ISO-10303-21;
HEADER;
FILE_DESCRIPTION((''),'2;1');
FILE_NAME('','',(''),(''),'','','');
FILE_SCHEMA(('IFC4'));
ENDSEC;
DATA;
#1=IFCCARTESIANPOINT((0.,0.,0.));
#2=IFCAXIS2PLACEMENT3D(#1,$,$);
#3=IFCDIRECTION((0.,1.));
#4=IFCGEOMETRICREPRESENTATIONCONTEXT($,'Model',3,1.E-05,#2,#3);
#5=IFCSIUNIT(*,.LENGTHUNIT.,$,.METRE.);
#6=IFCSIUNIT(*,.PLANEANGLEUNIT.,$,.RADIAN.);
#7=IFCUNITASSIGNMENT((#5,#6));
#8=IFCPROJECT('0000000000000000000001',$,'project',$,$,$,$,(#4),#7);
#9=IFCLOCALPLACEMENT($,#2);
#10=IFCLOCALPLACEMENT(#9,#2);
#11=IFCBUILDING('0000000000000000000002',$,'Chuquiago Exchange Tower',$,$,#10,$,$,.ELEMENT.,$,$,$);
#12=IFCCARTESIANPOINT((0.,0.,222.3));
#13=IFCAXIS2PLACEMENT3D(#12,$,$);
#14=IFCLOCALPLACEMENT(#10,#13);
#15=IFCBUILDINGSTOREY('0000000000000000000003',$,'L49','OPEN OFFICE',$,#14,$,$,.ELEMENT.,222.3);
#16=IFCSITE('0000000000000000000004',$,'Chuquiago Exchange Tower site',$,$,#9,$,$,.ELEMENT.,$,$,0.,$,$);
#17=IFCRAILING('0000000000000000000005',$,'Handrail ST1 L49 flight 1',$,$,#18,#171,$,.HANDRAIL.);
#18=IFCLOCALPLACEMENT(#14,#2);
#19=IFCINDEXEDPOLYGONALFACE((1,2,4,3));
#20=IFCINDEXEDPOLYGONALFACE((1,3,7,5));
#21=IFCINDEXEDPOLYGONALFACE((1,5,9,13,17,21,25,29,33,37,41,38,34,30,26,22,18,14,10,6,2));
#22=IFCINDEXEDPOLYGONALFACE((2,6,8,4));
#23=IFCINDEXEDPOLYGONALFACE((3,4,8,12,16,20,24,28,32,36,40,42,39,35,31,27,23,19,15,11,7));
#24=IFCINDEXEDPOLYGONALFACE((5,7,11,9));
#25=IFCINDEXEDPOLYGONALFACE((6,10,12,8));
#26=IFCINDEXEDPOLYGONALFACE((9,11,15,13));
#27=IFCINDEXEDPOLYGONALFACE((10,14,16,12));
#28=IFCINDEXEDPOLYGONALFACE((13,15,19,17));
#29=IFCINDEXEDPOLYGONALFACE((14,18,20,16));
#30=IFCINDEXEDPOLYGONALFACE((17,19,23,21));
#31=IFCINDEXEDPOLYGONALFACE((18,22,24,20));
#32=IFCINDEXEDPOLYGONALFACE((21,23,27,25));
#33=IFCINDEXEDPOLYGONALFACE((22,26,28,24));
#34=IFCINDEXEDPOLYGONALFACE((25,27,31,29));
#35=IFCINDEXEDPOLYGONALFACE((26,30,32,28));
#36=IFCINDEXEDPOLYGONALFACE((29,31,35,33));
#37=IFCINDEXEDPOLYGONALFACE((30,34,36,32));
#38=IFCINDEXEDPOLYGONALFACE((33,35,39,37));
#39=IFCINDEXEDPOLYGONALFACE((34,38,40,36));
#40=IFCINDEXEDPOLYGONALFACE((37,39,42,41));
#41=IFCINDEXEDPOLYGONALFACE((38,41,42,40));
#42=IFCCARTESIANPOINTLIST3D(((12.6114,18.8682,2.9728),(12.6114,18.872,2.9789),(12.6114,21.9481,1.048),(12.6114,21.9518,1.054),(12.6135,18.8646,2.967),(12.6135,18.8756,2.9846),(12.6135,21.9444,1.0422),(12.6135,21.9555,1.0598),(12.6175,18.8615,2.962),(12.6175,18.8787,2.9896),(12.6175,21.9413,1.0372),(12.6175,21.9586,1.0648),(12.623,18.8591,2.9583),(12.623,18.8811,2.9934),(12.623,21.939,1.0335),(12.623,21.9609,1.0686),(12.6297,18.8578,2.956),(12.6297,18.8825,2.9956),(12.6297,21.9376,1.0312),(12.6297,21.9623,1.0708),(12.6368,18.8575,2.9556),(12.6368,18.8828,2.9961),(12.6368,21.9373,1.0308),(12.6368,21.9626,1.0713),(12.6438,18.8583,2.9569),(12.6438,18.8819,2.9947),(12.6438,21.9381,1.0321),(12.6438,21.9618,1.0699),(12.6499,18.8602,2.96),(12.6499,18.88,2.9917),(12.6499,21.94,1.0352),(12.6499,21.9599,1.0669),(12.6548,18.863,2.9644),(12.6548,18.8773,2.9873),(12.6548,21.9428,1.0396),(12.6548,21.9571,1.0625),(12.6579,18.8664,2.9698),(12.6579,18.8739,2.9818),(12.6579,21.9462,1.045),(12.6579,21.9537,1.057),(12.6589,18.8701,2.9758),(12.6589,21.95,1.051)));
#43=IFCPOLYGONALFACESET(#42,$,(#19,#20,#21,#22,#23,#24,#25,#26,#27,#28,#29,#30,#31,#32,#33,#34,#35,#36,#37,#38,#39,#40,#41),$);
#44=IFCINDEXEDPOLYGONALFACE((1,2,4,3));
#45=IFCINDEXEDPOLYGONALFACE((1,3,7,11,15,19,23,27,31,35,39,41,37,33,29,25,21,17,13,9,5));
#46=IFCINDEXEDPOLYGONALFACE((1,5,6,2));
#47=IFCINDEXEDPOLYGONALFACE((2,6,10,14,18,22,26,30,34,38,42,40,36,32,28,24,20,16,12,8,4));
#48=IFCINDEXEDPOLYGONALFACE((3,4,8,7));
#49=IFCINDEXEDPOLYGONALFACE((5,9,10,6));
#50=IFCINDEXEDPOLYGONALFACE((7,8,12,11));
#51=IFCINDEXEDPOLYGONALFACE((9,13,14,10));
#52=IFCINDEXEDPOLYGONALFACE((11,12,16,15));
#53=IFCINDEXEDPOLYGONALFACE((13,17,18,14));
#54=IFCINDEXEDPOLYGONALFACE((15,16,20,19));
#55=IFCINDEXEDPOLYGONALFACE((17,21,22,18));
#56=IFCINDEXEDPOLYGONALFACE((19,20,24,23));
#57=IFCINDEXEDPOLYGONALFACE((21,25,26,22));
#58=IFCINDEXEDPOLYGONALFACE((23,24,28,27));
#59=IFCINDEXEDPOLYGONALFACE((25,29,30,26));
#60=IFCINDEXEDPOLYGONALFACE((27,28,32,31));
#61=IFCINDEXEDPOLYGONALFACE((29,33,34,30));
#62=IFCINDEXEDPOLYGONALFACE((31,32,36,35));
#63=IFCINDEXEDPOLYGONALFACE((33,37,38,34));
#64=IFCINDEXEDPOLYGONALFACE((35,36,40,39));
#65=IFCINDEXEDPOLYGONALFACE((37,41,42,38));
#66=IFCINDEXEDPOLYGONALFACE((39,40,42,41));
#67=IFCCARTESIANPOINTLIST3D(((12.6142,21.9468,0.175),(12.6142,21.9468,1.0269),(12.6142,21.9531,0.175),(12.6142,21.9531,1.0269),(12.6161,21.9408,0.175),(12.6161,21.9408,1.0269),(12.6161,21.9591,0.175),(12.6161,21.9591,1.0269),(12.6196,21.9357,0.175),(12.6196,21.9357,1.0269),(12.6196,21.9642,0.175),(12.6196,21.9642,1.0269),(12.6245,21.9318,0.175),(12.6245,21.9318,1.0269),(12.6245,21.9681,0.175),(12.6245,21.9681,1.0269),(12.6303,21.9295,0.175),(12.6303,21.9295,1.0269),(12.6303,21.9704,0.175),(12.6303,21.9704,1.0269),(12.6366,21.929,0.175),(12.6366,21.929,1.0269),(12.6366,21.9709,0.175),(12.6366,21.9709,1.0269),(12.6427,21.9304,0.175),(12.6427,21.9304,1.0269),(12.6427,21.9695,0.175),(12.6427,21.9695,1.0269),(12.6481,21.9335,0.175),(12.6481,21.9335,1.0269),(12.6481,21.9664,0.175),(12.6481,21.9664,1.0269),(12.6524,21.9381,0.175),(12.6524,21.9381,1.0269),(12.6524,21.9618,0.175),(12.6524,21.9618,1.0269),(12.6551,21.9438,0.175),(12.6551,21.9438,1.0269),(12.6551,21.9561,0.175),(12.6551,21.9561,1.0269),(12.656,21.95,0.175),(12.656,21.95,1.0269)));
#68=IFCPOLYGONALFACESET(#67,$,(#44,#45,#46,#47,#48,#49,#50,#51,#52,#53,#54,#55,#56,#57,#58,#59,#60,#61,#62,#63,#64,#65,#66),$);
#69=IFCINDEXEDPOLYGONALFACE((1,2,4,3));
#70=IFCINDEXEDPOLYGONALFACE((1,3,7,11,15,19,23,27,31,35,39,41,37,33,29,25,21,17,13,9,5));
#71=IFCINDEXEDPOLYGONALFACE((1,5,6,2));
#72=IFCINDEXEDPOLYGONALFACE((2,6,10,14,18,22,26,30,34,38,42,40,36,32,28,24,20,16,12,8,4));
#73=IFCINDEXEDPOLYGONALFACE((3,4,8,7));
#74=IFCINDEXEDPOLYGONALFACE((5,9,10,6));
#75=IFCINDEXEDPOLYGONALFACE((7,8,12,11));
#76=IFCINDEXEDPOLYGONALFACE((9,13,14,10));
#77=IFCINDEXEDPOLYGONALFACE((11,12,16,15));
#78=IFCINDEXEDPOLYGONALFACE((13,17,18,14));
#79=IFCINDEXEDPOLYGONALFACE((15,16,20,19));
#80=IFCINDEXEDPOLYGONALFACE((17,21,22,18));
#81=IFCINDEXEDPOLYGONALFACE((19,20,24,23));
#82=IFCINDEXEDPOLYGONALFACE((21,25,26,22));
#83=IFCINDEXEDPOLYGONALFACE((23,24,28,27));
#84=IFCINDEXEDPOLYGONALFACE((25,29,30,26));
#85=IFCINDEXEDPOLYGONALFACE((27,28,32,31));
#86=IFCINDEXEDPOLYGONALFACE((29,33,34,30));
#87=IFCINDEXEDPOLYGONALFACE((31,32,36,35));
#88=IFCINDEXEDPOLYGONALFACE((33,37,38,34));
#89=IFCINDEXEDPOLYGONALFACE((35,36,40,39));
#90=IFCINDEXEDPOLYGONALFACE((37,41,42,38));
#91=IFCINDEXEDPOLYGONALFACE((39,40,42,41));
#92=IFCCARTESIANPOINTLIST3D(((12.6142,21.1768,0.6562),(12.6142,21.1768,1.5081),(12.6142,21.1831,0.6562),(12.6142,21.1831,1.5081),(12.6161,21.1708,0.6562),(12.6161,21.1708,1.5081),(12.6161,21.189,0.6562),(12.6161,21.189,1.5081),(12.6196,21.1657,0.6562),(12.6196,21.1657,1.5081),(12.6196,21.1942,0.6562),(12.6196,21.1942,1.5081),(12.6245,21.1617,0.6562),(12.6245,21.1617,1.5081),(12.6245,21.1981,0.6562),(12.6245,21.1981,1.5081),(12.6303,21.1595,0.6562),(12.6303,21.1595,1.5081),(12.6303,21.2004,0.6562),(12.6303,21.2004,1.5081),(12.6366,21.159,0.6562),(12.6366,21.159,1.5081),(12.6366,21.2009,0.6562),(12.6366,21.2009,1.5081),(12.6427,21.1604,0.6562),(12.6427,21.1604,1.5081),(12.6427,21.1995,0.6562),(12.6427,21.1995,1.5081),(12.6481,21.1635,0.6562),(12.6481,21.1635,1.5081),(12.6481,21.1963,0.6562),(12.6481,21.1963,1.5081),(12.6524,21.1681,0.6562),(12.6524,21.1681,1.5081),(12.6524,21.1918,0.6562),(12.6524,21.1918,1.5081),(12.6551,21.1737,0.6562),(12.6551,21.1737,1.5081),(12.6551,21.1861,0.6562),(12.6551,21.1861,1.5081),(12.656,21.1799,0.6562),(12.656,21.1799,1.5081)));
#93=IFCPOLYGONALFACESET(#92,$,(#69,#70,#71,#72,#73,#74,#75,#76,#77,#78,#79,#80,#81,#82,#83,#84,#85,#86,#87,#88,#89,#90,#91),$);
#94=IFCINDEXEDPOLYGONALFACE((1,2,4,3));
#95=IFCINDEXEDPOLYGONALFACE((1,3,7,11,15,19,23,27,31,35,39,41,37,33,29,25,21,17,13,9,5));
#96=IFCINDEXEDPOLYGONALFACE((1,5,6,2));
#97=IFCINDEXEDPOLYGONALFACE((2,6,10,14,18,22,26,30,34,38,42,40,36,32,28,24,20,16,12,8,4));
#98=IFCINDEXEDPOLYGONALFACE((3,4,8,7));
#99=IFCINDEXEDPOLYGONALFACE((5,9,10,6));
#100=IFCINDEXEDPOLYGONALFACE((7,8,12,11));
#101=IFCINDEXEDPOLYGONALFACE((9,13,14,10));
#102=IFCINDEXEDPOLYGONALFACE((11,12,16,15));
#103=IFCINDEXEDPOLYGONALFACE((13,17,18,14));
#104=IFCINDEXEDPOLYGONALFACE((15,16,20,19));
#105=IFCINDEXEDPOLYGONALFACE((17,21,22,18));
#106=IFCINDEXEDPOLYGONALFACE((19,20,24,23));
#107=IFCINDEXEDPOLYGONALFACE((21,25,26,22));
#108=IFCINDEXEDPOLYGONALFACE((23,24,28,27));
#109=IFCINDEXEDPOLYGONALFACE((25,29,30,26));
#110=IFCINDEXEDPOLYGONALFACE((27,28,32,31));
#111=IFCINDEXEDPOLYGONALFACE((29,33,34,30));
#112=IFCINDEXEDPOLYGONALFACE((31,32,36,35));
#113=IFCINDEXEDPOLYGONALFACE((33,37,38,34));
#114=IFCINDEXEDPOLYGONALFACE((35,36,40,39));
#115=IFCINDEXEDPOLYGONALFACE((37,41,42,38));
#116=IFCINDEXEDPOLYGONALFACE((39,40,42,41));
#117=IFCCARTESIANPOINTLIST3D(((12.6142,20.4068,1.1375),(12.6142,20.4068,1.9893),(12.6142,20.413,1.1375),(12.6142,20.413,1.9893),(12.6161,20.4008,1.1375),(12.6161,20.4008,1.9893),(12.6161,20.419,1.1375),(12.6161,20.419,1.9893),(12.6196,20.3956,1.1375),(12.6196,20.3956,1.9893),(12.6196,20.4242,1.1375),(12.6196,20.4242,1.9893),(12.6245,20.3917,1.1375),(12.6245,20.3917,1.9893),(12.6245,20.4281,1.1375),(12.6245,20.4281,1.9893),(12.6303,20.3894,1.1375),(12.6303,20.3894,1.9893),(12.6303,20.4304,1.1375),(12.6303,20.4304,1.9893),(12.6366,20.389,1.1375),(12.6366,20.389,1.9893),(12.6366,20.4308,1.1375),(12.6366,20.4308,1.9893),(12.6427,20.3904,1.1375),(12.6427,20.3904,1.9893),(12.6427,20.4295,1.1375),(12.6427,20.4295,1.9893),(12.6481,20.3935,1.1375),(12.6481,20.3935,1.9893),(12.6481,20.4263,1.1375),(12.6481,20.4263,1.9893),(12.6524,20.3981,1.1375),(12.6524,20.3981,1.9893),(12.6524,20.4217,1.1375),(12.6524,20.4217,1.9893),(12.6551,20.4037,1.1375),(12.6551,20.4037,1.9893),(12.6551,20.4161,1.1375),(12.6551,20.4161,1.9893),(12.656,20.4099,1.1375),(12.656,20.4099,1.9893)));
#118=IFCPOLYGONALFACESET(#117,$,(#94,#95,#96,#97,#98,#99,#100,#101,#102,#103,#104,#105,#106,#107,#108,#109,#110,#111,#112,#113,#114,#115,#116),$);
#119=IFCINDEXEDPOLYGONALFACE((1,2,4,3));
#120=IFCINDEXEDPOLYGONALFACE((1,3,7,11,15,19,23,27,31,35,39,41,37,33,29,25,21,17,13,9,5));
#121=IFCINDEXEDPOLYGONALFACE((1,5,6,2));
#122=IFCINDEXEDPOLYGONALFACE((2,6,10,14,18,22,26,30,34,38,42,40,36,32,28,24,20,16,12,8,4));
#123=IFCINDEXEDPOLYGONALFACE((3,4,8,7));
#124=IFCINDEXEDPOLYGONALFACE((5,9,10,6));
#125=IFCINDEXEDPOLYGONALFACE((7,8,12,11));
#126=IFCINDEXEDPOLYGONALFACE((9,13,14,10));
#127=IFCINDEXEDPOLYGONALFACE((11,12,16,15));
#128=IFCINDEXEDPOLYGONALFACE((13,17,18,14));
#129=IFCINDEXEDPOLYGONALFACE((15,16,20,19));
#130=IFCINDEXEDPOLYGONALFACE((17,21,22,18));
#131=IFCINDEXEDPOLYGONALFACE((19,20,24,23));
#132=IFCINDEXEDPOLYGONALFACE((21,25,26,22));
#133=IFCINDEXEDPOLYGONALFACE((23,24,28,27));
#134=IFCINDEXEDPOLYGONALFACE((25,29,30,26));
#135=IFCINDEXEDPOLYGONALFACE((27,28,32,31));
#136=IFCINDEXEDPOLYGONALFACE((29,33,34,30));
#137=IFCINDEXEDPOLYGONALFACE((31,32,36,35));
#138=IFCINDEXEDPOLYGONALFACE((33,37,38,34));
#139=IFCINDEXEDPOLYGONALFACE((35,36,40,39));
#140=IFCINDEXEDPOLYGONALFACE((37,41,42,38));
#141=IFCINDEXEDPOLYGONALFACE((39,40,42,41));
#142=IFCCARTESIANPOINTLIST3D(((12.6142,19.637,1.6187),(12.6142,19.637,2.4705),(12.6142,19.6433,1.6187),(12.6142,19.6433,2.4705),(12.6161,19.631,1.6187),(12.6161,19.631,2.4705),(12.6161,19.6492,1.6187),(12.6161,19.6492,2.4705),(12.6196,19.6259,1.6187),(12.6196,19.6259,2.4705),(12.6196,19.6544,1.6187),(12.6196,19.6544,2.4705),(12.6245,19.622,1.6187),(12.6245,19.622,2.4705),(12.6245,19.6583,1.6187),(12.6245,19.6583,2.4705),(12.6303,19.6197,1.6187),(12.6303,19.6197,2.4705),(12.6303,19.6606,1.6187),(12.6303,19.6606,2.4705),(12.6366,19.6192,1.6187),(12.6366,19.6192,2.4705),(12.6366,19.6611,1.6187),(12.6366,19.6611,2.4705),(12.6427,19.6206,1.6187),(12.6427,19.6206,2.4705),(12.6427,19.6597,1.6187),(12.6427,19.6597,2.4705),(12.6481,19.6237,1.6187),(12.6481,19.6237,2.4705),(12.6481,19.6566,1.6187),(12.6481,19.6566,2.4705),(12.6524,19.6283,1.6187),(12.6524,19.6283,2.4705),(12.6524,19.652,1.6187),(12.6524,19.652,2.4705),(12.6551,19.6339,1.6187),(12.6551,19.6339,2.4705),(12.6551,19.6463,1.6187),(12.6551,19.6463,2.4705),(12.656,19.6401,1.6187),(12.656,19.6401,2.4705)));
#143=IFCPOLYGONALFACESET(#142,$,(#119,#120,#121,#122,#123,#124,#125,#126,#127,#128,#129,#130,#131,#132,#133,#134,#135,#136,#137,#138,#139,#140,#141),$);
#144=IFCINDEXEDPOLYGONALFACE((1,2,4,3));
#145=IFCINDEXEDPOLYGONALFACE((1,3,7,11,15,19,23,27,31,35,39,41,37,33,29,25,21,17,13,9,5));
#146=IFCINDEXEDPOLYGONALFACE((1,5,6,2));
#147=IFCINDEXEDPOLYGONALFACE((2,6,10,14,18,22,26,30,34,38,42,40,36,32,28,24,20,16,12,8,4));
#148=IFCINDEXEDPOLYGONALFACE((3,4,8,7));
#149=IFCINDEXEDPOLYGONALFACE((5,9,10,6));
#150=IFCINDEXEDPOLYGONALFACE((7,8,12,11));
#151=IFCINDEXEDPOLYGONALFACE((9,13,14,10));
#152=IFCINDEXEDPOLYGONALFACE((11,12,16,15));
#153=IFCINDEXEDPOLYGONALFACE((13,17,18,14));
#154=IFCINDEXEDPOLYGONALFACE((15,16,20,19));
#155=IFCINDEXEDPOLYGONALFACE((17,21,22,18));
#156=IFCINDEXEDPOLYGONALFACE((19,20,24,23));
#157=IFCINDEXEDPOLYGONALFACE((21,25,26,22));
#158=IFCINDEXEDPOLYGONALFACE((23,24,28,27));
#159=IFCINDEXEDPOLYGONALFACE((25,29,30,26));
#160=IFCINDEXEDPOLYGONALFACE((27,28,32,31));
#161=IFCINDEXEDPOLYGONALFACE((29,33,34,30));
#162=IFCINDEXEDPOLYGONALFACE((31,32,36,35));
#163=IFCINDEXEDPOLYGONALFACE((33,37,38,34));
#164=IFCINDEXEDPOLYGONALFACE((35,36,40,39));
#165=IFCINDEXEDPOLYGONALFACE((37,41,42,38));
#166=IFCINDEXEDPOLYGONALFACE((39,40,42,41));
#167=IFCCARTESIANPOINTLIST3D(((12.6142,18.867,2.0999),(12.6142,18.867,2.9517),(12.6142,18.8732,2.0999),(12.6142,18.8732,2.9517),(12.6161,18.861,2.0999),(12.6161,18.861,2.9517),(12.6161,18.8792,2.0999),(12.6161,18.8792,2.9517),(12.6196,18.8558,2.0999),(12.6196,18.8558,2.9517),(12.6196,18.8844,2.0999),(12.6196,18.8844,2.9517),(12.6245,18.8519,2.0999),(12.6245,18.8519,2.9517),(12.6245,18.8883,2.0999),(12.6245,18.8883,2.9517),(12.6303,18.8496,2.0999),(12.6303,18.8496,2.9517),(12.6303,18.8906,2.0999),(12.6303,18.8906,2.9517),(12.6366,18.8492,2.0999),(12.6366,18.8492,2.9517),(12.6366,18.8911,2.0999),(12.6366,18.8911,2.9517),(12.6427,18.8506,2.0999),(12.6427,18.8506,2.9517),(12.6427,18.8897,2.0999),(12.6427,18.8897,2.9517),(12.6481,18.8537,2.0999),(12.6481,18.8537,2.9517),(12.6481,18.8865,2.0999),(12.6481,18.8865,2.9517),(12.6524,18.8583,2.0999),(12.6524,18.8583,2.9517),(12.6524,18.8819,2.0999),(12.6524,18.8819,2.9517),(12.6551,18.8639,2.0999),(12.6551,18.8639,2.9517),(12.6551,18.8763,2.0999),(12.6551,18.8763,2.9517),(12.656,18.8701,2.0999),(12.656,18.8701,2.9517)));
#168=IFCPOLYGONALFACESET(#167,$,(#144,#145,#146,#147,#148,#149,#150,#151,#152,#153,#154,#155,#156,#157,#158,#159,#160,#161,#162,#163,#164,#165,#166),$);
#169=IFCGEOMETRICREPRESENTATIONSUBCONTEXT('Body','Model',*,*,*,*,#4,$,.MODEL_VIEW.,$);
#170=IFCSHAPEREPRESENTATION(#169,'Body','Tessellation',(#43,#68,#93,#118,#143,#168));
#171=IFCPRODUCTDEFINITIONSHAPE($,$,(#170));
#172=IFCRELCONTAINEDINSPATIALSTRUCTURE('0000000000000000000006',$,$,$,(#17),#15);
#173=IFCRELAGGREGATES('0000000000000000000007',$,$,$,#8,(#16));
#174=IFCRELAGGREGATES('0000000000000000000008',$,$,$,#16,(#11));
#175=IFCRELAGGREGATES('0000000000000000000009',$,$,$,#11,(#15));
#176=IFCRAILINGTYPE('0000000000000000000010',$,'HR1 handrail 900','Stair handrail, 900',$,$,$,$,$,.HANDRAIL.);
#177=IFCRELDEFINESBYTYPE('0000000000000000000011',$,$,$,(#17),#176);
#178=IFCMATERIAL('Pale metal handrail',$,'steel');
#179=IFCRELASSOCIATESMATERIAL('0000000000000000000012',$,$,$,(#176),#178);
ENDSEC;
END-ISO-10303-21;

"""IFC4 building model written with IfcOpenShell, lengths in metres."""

from ifc_helpers import new_model, si_unit, direction, frame, origin, origin_2d, place, context, subcontext, project, spatial, circle, extrude, material, type_object, element, save


model = new_model("IFC4")

# Units and contexts
model_context = context("Model", 3, precision=1e-05, world=origin(), true_north=direction((0.0, 1.0)))
body_context = subcontext(model_context, "Body", "Model", "MODEL_VIEW")
ifc_project = project(units=[si_unit("LENGTHUNIT", "METRE"), si_unit("PLANEANGLEUNIT", "RADIAN")], contexts=[model_context])

# Site, building, storey
site_placement = place(None, origin())
site = spatial("IfcSite", under=ifc_project, at=site_placement, Name="Chuquiago Exchange Tower site", CompositionType="ELEMENT", RefElevation=0.0)
building_placement = place(site_placement, origin())
building = spatial("IfcBuilding", under=site, at=building_placement, Name="Chuquiago Exchange Tower", CompositionType="ELEMENT")
storey_placement = place(building_placement, frame((0.0, 0.0, 222.3)))
storey = spatial("IfcBuildingStorey", under=building, at=storey_placement, Name="L49", Description="OPEN OFFICE", CompositionType="ELEMENT", Elevation=222.3)

# Railing
ifc_material_1 = material(Name="Pale metal handrail", Category="steel")
railing_type_1 = type_object("IfcRailingType", Name="HR1 handrail 900", Description="Stair handrail, 900", PredefinedType="HANDRAIL", material=ifc_material_1)
for number, where, name in (
    (1, (12.635, 21.95, 0.175), "Handrail ST1 L49 flight 1"),
):
    element("IfcRailing", number, at=place(storey_placement, frame(where)), inside=storey, type_object=railing_type_1, Name=name, PredefinedType="HANDRAIL", context=body_context, shape_type="SweptSolid", body=[
        extrude(circle(Radius=0.0239, at=origin_2d()), frame((0.0, 0.0, 0.876), z_axis=(0.0, -0.84801, 0.529981), x_axis=(1.0, 0.0, 0.0)), (0.0, 0.0, 1.0), 3.6318),
        extrude(circle(Radius=0.021, at=origin_2d()), origin(), (0.0, 0.0, 1.0), 0.8518),
        extrude(circle(Radius=0.021, at=origin_2d()), frame((0.0, -0.77, 0.4812)), (0.0, 0.0, 1.0), 0.8518),
        extrude(circle(Radius=0.021, at=origin_2d()), frame((0.0, -1.54, 0.9624)), (0.0, 0.0, 1.0), 0.8518),
        extrude(circle(Radius=0.021, at=origin_2d()), frame((0.0, -2.3098, 1.4436)), (0.0, 0.0, 1.0), 0.8518),
        extrude(circle(Radius=0.021, at=origin_2d()), frame((0.0, -3.0798, 1.9248)), (0.0, 0.0, 1.0), 0.8518),
    ])

save(model, "model.ifc")
